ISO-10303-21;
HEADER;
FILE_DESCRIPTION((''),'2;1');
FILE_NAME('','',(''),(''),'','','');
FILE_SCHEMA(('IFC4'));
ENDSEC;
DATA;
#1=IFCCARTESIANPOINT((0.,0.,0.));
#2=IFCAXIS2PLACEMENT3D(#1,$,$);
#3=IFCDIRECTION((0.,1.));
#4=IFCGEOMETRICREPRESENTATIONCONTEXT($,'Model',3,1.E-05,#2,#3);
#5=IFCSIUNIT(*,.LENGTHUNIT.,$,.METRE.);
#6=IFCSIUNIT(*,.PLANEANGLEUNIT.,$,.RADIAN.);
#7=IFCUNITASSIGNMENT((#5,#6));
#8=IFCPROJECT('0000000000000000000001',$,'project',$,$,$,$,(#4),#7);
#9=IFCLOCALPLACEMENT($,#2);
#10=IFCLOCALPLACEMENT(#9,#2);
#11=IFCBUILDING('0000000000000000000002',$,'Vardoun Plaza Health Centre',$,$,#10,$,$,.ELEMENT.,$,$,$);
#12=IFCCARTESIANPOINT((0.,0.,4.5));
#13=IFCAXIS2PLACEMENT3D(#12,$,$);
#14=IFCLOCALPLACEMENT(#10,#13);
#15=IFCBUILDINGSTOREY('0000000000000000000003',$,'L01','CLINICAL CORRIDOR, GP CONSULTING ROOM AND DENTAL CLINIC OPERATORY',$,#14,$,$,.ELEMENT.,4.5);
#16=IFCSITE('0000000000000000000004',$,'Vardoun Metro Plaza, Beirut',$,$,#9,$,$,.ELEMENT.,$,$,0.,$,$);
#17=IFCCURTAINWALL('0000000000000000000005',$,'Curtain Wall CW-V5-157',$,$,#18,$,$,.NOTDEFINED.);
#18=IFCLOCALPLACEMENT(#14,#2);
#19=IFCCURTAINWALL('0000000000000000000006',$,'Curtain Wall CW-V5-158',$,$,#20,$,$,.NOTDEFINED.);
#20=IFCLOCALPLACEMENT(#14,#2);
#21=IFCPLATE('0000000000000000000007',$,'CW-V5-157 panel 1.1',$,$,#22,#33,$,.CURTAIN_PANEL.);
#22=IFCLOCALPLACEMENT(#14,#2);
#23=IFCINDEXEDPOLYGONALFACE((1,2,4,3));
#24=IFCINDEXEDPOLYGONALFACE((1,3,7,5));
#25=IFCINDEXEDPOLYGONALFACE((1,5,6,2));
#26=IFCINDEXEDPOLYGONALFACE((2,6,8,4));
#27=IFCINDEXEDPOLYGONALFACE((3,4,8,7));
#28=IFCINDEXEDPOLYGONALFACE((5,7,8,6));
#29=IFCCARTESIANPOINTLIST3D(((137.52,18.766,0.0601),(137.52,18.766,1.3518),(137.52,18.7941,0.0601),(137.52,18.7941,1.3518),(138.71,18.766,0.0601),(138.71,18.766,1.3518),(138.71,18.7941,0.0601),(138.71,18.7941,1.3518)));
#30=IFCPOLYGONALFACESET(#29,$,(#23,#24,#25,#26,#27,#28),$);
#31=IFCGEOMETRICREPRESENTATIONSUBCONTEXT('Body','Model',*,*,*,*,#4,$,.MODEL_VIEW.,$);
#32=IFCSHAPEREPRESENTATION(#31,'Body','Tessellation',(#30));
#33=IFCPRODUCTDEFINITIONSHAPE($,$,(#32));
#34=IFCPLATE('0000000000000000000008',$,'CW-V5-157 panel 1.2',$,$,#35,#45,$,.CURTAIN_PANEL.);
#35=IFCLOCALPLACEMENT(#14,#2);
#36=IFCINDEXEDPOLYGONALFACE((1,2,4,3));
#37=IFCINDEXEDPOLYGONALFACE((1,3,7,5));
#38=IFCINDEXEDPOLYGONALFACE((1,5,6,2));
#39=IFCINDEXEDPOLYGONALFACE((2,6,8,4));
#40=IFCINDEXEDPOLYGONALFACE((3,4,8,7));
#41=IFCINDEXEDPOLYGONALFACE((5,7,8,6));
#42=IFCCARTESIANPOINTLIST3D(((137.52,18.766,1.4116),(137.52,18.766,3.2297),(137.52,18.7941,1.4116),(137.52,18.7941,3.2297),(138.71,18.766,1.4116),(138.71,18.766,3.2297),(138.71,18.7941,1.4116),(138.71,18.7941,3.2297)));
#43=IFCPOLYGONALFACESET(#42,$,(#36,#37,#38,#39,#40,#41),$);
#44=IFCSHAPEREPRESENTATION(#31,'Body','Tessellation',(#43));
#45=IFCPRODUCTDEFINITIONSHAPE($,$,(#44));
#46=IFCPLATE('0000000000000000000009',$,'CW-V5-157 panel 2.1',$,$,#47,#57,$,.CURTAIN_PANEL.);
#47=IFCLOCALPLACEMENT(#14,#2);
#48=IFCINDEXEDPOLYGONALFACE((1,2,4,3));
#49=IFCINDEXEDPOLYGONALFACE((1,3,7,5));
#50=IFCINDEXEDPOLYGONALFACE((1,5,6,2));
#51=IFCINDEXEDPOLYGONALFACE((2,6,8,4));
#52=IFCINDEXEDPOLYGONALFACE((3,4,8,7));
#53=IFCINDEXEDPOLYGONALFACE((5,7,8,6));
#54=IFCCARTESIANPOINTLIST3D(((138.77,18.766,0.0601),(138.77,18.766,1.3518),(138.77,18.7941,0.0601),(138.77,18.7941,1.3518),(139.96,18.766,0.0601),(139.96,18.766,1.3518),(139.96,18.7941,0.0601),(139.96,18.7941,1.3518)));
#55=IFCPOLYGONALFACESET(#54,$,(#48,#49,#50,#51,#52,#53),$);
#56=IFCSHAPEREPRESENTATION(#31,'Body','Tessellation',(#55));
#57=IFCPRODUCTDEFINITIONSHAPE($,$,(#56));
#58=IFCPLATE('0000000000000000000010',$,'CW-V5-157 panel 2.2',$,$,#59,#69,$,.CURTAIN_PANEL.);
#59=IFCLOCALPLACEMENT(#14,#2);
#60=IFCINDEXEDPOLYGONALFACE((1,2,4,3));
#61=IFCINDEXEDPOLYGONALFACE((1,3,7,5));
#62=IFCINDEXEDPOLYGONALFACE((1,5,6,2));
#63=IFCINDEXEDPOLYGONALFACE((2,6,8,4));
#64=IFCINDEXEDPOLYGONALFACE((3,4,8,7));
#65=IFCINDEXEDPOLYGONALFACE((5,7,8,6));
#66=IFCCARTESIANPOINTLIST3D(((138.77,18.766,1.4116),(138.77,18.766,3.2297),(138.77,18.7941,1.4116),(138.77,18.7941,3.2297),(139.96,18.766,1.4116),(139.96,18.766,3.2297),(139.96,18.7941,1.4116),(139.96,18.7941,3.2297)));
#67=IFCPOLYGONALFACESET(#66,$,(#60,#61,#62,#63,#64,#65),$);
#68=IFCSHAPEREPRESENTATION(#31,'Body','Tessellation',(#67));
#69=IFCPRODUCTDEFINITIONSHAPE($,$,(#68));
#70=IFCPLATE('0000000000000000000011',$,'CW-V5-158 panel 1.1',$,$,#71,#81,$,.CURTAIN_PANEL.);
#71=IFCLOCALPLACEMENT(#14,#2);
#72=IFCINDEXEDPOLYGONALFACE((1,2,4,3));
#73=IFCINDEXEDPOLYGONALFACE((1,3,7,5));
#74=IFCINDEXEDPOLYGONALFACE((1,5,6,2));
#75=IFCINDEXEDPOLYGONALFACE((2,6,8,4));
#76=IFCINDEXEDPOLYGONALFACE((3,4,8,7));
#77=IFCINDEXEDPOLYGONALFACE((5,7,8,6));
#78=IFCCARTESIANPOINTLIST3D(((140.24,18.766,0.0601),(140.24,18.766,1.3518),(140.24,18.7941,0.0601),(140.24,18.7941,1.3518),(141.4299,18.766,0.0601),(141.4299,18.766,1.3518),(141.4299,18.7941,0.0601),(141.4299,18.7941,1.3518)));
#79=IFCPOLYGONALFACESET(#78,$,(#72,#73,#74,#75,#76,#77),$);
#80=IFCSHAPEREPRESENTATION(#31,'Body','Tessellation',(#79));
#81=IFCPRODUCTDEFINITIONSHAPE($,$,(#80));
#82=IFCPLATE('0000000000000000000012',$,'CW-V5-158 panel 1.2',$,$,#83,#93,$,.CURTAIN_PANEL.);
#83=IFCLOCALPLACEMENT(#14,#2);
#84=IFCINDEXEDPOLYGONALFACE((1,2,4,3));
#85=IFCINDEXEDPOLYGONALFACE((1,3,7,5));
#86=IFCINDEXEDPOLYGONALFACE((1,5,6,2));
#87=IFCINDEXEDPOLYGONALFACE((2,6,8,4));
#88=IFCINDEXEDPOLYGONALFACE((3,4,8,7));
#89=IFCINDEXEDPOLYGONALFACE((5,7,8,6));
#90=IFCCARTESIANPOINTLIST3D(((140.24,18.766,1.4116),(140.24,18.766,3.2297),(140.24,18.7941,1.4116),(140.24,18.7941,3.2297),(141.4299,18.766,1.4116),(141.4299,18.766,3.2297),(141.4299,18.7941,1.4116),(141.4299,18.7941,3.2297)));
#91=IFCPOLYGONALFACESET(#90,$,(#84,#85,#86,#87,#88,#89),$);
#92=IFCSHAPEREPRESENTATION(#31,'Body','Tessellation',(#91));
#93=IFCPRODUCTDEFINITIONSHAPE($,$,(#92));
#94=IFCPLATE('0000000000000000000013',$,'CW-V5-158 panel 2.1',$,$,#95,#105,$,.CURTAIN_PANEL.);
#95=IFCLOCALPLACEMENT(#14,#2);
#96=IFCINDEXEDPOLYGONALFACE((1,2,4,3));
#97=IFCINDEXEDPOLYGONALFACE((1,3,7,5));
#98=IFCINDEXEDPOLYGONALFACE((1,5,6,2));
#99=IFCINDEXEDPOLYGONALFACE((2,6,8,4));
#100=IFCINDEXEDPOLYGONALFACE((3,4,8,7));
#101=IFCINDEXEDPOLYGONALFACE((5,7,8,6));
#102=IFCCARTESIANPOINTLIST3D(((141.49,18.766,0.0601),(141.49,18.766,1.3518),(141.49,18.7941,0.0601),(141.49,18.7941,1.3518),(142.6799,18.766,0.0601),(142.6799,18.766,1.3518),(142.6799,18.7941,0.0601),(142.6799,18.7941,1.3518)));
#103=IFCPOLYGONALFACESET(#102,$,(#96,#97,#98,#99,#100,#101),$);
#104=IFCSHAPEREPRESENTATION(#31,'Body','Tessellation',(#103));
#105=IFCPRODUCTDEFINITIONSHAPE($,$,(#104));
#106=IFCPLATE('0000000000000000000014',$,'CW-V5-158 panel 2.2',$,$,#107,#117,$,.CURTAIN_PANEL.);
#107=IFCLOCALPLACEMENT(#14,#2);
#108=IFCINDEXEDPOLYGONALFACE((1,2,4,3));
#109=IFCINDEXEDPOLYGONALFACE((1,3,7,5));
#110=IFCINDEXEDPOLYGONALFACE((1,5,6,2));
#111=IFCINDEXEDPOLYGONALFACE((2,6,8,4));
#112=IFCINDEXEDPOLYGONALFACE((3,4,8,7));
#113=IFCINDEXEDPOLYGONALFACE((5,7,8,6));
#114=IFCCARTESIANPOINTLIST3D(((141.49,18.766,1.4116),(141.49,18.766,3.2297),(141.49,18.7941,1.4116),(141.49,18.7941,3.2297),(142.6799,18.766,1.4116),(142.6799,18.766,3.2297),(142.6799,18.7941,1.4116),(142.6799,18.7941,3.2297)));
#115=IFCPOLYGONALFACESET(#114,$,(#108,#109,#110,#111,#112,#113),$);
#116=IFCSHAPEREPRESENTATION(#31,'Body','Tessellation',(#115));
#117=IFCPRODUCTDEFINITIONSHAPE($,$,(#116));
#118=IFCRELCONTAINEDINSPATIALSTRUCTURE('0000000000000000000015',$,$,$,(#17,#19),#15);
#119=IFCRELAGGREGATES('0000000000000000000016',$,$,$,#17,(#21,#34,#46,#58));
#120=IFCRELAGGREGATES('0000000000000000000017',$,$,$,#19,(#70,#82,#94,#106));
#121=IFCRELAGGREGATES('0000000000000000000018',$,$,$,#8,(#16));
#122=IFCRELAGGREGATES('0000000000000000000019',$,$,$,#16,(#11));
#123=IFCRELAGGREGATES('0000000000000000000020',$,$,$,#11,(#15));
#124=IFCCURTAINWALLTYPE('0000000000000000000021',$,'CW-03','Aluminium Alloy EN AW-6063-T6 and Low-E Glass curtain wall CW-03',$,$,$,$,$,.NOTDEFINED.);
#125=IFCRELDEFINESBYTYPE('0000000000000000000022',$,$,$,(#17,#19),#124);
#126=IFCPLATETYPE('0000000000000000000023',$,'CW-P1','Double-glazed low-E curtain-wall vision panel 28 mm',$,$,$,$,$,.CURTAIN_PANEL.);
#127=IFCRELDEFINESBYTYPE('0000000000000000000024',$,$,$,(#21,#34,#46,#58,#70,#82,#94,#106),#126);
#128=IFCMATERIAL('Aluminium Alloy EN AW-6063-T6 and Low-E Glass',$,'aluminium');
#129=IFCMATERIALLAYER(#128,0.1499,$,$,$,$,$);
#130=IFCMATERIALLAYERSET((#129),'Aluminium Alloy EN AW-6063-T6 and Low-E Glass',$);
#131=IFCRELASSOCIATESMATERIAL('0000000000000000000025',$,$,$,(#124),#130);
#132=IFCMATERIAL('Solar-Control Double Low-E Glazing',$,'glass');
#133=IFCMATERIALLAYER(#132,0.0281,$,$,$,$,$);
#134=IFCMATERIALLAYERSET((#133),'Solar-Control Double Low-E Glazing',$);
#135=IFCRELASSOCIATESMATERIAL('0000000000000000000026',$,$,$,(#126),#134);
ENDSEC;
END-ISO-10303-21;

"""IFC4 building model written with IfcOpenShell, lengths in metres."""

from ifc_helpers import new_model, si_unit, direction, frame, origin, origin_2d, place, context, subcontext, project, spatial, rectangle, extrude, material, layer, layer_set, type_object, element, aggregate, save


model = new_model("IFC4")

# Units and contexts
model_context = context("Model", 3, precision=1e-05, world=origin(), true_north=direction((0.0, 1.0)))
body_context = subcontext(model_context, "Body", "Model", "MODEL_VIEW")
ifc_project = project(units=[si_unit("LENGTHUNIT", "METRE"), si_unit("PLANEANGLEUNIT", "RADIAN")], contexts=[model_context])

# Site, building, storey
site_placement = place(None, origin())
site = spatial("IfcSite", under=ifc_project, at=site_placement, Name="Vardoun Metro Plaza, Beirut", CompositionType="ELEMENT", RefElevation=0.0)
building_placement = place(site_placement, origin())
building = spatial("IfcBuilding", under=site, at=building_placement, Name="Vardoun Plaza Health Centre", CompositionType="ELEMENT")
storey_placement = place(building_placement, frame((0.0, 0.0, 4.5)))
storey = spatial("IfcBuildingStorey", under=building, at=storey_placement, Name="L01", Description="CLINICAL CORRIDOR, GP CONSULTING ROOM AND DENTAL CLINIC OPERATORY", CompositionType="ELEMENT", Elevation=4.5)

# Curtain walls
ifc_material_1 = material(Name="Aluminium Alloy EN AW-6063-T6 and Low-E Glass", Category="aluminium")
ifc_layer_1 = layer(ifc_material_1, 0.1499)
ifc_layer_set_1 = layer_set([ifc_layer_1], Name="Aluminium Alloy EN AW-6063-T6 and Low-E Glass")
curtain_wall_type = type_object("IfcCurtainWallType", Name="CW-03", Description="Aluminium Alloy EN AW-6063-T6 and Low-E Glass curtain wall CW-03", PredefinedType="NOTDEFINED", material=ifc_layer_set_1)
curtain_wall_1_placement = place(storey_placement, origin())
curtain_wall_1 = element("IfcCurtainWall", 1, at=curtain_wall_1_placement, inside=storey, type_object=curtain_wall_type, Name="Curtain Wall CW-V5-157", PredefinedType="NOTDEFINED")
curtain_wall_2_placement = place(storey_placement, origin())
curtain_wall_2 = element("IfcCurtainWall", 2, at=curtain_wall_2_placement, inside=storey, type_object=curtain_wall_type, Name="Curtain Wall CW-V5-158", PredefinedType="NOTDEFINED")

# Plates
ifc_material_2 = material(Name="Solar-Control Double Low-E Glazing", Category="glass")
ifc_layer_2 = layer(ifc_material_2, 0.0281)
ifc_layer_set_2 = layer_set([ifc_layer_2], Name="Solar-Control Double Low-E Glazing")
plate_type = type_object("IfcPlateType", Name="CW-P1", Description="Double-glazed low-E curtain-wall vision panel 28 mm", PredefinedType="CURTAIN_PANEL", material=ifc_layer_set_2)
plate_1_placement = place(storey_placement, frame((138.115, 18.78, 0.0601), z_axis=(0.0, 0.0, 1.0), x_axis=(1.0, 0.0, 0.0)))
plate_1 = element("IfcPlate", 3, at=plate_1_placement, type_object=plate_type, Name="CW-V5-157 panel 1.1", PredefinedType="CURTAIN_PANEL", context=body_context, shape_type="SweptSolid", body=[
    extrude(rectangle(XDim=1.1899, YDim=0.0281, at=origin_2d()), origin(), (0.0, 0.0, 1.0), 1.2917),
])
plate_2_placement = place(storey_placement, frame((138.115, 18.78, 1.4116), z_axis=(0.0, 0.0, 1.0), x_axis=(1.0, 0.0, 0.0)))
plate_2 = element("IfcPlate", 4, at=plate_2_placement, type_object=plate_type, Name="CW-V5-157 panel 1.2", PredefinedType="CURTAIN_PANEL", context=body_context, shape_type="SweptSolid", body=[
    extrude(rectangle(XDim=1.1899, YDim=0.0281, at=origin_2d()), origin(), (0.0, 0.0, 1.0), 1.8181),
])
plate_3_placement = place(storey_placement, frame((139.365, 18.78, 0.0601), z_axis=(0.0, 0.0, 1.0), x_axis=(1.0, 0.0, 0.0)))
plate_3 = element("IfcPlate", 5, at=plate_3_placement, type_object=plate_type, Name="CW-V5-157 panel 2.1", PredefinedType="CURTAIN_PANEL", context=body_context, shape_type="SweptSolid", body=[
    extrude(rectangle(XDim=1.1899, YDim=0.0281, at=origin_2d()), origin(), (0.0, 0.0, 1.0), 1.2917),
])
plate_4_placement = place(storey_placement, frame((139.365, 18.78, 1.4116), z_axis=(0.0, 0.0, 1.0), x_axis=(1.0, 0.0, 0.0)))
plate_4 = element("IfcPlate", 6, at=plate_4_placement, type_object=plate_type, Name="CW-V5-157 panel 2.2", PredefinedType="CURTAIN_PANEL", context=body_context, shape_type="SweptSolid", body=[
    extrude(rectangle(XDim=1.1899, YDim=0.0281, at=origin_2d()), origin(), (0.0, 0.0, 1.0), 1.8181),
])
aggregate(curtain_wall_1, [plate_1, plate_2, plate_3, plate_4])
plate_5_placement = place(storey_placement, frame((140.835, 18.78, 0.0601), z_axis=(0.0, 0.0, 1.0), x_axis=(1.0, 0.0, 0.0)))
plate_5 = element("IfcPlate", 7, at=plate_5_placement, type_object=plate_type, Name="CW-V5-158 panel 1.1", PredefinedType="CURTAIN_PANEL", context=body_context, shape_type="SweptSolid", body=[
    extrude(rectangle(XDim=1.1899, YDim=0.0281, at=origin_2d()), origin(), (0.0, 0.0, 1.0), 1.2917),
])
plate_6_placement = place(storey_placement, frame((140.835, 18.78, 1.4116), z_axis=(0.0, 0.0, 1.0), x_axis=(1.0, 0.0, 0.0)))
plate_6 = element("IfcPlate", 8, at=plate_6_placement, type_object=plate_type, Name="CW-V5-158 panel 1.2", PredefinedType="CURTAIN_PANEL", context=body_context, shape_type="SweptSolid", body=[
    extrude(rectangle(XDim=1.1899, YDim=0.0281, at=origin_2d()), origin(), (0.0, 0.0, 1.0), 1.8181),
])
plate_7_placement = place(storey_placement, frame((142.085, 18.78, 0.0601), z_axis=(0.0, 0.0, 1.0), x_axis=(1.0, 0.0, 0.0)))
plate_7 = element("IfcPlate", 9, at=plate_7_placement, type_object=plate_type, Name="CW-V5-158 panel 2.1", PredefinedType="CURTAIN_PANEL", context=body_context, shape_type="SweptSolid", body=[
    extrude(rectangle(XDim=1.1899, YDim=0.0281, at=origin_2d()), origin(), (0.0, 0.0, 1.0), 1.2917),
])
plate_8_placement = place(storey_placement, frame((142.085, 18.78, 1.4116), z_axis=(0.0, 0.0, 1.0), x_axis=(1.0, 0.0, 0.0)))
plate_8 = element("IfcPlate", 10, at=plate_8_placement, type_object=plate_type, Name="CW-V5-158 panel 2.2", PredefinedType="CURTAIN_PANEL", context=body_context, shape_type="SweptSolid", body=[
    extrude(rectangle(XDim=1.1899, YDim=0.0281, at=origin_2d()), origin(), (0.0, 0.0, 1.0), 1.8181),
])
aggregate(curtain_wall_2, [plate_5, plate_6, plate_7, plate_8])

save(model, "model.ifc")
